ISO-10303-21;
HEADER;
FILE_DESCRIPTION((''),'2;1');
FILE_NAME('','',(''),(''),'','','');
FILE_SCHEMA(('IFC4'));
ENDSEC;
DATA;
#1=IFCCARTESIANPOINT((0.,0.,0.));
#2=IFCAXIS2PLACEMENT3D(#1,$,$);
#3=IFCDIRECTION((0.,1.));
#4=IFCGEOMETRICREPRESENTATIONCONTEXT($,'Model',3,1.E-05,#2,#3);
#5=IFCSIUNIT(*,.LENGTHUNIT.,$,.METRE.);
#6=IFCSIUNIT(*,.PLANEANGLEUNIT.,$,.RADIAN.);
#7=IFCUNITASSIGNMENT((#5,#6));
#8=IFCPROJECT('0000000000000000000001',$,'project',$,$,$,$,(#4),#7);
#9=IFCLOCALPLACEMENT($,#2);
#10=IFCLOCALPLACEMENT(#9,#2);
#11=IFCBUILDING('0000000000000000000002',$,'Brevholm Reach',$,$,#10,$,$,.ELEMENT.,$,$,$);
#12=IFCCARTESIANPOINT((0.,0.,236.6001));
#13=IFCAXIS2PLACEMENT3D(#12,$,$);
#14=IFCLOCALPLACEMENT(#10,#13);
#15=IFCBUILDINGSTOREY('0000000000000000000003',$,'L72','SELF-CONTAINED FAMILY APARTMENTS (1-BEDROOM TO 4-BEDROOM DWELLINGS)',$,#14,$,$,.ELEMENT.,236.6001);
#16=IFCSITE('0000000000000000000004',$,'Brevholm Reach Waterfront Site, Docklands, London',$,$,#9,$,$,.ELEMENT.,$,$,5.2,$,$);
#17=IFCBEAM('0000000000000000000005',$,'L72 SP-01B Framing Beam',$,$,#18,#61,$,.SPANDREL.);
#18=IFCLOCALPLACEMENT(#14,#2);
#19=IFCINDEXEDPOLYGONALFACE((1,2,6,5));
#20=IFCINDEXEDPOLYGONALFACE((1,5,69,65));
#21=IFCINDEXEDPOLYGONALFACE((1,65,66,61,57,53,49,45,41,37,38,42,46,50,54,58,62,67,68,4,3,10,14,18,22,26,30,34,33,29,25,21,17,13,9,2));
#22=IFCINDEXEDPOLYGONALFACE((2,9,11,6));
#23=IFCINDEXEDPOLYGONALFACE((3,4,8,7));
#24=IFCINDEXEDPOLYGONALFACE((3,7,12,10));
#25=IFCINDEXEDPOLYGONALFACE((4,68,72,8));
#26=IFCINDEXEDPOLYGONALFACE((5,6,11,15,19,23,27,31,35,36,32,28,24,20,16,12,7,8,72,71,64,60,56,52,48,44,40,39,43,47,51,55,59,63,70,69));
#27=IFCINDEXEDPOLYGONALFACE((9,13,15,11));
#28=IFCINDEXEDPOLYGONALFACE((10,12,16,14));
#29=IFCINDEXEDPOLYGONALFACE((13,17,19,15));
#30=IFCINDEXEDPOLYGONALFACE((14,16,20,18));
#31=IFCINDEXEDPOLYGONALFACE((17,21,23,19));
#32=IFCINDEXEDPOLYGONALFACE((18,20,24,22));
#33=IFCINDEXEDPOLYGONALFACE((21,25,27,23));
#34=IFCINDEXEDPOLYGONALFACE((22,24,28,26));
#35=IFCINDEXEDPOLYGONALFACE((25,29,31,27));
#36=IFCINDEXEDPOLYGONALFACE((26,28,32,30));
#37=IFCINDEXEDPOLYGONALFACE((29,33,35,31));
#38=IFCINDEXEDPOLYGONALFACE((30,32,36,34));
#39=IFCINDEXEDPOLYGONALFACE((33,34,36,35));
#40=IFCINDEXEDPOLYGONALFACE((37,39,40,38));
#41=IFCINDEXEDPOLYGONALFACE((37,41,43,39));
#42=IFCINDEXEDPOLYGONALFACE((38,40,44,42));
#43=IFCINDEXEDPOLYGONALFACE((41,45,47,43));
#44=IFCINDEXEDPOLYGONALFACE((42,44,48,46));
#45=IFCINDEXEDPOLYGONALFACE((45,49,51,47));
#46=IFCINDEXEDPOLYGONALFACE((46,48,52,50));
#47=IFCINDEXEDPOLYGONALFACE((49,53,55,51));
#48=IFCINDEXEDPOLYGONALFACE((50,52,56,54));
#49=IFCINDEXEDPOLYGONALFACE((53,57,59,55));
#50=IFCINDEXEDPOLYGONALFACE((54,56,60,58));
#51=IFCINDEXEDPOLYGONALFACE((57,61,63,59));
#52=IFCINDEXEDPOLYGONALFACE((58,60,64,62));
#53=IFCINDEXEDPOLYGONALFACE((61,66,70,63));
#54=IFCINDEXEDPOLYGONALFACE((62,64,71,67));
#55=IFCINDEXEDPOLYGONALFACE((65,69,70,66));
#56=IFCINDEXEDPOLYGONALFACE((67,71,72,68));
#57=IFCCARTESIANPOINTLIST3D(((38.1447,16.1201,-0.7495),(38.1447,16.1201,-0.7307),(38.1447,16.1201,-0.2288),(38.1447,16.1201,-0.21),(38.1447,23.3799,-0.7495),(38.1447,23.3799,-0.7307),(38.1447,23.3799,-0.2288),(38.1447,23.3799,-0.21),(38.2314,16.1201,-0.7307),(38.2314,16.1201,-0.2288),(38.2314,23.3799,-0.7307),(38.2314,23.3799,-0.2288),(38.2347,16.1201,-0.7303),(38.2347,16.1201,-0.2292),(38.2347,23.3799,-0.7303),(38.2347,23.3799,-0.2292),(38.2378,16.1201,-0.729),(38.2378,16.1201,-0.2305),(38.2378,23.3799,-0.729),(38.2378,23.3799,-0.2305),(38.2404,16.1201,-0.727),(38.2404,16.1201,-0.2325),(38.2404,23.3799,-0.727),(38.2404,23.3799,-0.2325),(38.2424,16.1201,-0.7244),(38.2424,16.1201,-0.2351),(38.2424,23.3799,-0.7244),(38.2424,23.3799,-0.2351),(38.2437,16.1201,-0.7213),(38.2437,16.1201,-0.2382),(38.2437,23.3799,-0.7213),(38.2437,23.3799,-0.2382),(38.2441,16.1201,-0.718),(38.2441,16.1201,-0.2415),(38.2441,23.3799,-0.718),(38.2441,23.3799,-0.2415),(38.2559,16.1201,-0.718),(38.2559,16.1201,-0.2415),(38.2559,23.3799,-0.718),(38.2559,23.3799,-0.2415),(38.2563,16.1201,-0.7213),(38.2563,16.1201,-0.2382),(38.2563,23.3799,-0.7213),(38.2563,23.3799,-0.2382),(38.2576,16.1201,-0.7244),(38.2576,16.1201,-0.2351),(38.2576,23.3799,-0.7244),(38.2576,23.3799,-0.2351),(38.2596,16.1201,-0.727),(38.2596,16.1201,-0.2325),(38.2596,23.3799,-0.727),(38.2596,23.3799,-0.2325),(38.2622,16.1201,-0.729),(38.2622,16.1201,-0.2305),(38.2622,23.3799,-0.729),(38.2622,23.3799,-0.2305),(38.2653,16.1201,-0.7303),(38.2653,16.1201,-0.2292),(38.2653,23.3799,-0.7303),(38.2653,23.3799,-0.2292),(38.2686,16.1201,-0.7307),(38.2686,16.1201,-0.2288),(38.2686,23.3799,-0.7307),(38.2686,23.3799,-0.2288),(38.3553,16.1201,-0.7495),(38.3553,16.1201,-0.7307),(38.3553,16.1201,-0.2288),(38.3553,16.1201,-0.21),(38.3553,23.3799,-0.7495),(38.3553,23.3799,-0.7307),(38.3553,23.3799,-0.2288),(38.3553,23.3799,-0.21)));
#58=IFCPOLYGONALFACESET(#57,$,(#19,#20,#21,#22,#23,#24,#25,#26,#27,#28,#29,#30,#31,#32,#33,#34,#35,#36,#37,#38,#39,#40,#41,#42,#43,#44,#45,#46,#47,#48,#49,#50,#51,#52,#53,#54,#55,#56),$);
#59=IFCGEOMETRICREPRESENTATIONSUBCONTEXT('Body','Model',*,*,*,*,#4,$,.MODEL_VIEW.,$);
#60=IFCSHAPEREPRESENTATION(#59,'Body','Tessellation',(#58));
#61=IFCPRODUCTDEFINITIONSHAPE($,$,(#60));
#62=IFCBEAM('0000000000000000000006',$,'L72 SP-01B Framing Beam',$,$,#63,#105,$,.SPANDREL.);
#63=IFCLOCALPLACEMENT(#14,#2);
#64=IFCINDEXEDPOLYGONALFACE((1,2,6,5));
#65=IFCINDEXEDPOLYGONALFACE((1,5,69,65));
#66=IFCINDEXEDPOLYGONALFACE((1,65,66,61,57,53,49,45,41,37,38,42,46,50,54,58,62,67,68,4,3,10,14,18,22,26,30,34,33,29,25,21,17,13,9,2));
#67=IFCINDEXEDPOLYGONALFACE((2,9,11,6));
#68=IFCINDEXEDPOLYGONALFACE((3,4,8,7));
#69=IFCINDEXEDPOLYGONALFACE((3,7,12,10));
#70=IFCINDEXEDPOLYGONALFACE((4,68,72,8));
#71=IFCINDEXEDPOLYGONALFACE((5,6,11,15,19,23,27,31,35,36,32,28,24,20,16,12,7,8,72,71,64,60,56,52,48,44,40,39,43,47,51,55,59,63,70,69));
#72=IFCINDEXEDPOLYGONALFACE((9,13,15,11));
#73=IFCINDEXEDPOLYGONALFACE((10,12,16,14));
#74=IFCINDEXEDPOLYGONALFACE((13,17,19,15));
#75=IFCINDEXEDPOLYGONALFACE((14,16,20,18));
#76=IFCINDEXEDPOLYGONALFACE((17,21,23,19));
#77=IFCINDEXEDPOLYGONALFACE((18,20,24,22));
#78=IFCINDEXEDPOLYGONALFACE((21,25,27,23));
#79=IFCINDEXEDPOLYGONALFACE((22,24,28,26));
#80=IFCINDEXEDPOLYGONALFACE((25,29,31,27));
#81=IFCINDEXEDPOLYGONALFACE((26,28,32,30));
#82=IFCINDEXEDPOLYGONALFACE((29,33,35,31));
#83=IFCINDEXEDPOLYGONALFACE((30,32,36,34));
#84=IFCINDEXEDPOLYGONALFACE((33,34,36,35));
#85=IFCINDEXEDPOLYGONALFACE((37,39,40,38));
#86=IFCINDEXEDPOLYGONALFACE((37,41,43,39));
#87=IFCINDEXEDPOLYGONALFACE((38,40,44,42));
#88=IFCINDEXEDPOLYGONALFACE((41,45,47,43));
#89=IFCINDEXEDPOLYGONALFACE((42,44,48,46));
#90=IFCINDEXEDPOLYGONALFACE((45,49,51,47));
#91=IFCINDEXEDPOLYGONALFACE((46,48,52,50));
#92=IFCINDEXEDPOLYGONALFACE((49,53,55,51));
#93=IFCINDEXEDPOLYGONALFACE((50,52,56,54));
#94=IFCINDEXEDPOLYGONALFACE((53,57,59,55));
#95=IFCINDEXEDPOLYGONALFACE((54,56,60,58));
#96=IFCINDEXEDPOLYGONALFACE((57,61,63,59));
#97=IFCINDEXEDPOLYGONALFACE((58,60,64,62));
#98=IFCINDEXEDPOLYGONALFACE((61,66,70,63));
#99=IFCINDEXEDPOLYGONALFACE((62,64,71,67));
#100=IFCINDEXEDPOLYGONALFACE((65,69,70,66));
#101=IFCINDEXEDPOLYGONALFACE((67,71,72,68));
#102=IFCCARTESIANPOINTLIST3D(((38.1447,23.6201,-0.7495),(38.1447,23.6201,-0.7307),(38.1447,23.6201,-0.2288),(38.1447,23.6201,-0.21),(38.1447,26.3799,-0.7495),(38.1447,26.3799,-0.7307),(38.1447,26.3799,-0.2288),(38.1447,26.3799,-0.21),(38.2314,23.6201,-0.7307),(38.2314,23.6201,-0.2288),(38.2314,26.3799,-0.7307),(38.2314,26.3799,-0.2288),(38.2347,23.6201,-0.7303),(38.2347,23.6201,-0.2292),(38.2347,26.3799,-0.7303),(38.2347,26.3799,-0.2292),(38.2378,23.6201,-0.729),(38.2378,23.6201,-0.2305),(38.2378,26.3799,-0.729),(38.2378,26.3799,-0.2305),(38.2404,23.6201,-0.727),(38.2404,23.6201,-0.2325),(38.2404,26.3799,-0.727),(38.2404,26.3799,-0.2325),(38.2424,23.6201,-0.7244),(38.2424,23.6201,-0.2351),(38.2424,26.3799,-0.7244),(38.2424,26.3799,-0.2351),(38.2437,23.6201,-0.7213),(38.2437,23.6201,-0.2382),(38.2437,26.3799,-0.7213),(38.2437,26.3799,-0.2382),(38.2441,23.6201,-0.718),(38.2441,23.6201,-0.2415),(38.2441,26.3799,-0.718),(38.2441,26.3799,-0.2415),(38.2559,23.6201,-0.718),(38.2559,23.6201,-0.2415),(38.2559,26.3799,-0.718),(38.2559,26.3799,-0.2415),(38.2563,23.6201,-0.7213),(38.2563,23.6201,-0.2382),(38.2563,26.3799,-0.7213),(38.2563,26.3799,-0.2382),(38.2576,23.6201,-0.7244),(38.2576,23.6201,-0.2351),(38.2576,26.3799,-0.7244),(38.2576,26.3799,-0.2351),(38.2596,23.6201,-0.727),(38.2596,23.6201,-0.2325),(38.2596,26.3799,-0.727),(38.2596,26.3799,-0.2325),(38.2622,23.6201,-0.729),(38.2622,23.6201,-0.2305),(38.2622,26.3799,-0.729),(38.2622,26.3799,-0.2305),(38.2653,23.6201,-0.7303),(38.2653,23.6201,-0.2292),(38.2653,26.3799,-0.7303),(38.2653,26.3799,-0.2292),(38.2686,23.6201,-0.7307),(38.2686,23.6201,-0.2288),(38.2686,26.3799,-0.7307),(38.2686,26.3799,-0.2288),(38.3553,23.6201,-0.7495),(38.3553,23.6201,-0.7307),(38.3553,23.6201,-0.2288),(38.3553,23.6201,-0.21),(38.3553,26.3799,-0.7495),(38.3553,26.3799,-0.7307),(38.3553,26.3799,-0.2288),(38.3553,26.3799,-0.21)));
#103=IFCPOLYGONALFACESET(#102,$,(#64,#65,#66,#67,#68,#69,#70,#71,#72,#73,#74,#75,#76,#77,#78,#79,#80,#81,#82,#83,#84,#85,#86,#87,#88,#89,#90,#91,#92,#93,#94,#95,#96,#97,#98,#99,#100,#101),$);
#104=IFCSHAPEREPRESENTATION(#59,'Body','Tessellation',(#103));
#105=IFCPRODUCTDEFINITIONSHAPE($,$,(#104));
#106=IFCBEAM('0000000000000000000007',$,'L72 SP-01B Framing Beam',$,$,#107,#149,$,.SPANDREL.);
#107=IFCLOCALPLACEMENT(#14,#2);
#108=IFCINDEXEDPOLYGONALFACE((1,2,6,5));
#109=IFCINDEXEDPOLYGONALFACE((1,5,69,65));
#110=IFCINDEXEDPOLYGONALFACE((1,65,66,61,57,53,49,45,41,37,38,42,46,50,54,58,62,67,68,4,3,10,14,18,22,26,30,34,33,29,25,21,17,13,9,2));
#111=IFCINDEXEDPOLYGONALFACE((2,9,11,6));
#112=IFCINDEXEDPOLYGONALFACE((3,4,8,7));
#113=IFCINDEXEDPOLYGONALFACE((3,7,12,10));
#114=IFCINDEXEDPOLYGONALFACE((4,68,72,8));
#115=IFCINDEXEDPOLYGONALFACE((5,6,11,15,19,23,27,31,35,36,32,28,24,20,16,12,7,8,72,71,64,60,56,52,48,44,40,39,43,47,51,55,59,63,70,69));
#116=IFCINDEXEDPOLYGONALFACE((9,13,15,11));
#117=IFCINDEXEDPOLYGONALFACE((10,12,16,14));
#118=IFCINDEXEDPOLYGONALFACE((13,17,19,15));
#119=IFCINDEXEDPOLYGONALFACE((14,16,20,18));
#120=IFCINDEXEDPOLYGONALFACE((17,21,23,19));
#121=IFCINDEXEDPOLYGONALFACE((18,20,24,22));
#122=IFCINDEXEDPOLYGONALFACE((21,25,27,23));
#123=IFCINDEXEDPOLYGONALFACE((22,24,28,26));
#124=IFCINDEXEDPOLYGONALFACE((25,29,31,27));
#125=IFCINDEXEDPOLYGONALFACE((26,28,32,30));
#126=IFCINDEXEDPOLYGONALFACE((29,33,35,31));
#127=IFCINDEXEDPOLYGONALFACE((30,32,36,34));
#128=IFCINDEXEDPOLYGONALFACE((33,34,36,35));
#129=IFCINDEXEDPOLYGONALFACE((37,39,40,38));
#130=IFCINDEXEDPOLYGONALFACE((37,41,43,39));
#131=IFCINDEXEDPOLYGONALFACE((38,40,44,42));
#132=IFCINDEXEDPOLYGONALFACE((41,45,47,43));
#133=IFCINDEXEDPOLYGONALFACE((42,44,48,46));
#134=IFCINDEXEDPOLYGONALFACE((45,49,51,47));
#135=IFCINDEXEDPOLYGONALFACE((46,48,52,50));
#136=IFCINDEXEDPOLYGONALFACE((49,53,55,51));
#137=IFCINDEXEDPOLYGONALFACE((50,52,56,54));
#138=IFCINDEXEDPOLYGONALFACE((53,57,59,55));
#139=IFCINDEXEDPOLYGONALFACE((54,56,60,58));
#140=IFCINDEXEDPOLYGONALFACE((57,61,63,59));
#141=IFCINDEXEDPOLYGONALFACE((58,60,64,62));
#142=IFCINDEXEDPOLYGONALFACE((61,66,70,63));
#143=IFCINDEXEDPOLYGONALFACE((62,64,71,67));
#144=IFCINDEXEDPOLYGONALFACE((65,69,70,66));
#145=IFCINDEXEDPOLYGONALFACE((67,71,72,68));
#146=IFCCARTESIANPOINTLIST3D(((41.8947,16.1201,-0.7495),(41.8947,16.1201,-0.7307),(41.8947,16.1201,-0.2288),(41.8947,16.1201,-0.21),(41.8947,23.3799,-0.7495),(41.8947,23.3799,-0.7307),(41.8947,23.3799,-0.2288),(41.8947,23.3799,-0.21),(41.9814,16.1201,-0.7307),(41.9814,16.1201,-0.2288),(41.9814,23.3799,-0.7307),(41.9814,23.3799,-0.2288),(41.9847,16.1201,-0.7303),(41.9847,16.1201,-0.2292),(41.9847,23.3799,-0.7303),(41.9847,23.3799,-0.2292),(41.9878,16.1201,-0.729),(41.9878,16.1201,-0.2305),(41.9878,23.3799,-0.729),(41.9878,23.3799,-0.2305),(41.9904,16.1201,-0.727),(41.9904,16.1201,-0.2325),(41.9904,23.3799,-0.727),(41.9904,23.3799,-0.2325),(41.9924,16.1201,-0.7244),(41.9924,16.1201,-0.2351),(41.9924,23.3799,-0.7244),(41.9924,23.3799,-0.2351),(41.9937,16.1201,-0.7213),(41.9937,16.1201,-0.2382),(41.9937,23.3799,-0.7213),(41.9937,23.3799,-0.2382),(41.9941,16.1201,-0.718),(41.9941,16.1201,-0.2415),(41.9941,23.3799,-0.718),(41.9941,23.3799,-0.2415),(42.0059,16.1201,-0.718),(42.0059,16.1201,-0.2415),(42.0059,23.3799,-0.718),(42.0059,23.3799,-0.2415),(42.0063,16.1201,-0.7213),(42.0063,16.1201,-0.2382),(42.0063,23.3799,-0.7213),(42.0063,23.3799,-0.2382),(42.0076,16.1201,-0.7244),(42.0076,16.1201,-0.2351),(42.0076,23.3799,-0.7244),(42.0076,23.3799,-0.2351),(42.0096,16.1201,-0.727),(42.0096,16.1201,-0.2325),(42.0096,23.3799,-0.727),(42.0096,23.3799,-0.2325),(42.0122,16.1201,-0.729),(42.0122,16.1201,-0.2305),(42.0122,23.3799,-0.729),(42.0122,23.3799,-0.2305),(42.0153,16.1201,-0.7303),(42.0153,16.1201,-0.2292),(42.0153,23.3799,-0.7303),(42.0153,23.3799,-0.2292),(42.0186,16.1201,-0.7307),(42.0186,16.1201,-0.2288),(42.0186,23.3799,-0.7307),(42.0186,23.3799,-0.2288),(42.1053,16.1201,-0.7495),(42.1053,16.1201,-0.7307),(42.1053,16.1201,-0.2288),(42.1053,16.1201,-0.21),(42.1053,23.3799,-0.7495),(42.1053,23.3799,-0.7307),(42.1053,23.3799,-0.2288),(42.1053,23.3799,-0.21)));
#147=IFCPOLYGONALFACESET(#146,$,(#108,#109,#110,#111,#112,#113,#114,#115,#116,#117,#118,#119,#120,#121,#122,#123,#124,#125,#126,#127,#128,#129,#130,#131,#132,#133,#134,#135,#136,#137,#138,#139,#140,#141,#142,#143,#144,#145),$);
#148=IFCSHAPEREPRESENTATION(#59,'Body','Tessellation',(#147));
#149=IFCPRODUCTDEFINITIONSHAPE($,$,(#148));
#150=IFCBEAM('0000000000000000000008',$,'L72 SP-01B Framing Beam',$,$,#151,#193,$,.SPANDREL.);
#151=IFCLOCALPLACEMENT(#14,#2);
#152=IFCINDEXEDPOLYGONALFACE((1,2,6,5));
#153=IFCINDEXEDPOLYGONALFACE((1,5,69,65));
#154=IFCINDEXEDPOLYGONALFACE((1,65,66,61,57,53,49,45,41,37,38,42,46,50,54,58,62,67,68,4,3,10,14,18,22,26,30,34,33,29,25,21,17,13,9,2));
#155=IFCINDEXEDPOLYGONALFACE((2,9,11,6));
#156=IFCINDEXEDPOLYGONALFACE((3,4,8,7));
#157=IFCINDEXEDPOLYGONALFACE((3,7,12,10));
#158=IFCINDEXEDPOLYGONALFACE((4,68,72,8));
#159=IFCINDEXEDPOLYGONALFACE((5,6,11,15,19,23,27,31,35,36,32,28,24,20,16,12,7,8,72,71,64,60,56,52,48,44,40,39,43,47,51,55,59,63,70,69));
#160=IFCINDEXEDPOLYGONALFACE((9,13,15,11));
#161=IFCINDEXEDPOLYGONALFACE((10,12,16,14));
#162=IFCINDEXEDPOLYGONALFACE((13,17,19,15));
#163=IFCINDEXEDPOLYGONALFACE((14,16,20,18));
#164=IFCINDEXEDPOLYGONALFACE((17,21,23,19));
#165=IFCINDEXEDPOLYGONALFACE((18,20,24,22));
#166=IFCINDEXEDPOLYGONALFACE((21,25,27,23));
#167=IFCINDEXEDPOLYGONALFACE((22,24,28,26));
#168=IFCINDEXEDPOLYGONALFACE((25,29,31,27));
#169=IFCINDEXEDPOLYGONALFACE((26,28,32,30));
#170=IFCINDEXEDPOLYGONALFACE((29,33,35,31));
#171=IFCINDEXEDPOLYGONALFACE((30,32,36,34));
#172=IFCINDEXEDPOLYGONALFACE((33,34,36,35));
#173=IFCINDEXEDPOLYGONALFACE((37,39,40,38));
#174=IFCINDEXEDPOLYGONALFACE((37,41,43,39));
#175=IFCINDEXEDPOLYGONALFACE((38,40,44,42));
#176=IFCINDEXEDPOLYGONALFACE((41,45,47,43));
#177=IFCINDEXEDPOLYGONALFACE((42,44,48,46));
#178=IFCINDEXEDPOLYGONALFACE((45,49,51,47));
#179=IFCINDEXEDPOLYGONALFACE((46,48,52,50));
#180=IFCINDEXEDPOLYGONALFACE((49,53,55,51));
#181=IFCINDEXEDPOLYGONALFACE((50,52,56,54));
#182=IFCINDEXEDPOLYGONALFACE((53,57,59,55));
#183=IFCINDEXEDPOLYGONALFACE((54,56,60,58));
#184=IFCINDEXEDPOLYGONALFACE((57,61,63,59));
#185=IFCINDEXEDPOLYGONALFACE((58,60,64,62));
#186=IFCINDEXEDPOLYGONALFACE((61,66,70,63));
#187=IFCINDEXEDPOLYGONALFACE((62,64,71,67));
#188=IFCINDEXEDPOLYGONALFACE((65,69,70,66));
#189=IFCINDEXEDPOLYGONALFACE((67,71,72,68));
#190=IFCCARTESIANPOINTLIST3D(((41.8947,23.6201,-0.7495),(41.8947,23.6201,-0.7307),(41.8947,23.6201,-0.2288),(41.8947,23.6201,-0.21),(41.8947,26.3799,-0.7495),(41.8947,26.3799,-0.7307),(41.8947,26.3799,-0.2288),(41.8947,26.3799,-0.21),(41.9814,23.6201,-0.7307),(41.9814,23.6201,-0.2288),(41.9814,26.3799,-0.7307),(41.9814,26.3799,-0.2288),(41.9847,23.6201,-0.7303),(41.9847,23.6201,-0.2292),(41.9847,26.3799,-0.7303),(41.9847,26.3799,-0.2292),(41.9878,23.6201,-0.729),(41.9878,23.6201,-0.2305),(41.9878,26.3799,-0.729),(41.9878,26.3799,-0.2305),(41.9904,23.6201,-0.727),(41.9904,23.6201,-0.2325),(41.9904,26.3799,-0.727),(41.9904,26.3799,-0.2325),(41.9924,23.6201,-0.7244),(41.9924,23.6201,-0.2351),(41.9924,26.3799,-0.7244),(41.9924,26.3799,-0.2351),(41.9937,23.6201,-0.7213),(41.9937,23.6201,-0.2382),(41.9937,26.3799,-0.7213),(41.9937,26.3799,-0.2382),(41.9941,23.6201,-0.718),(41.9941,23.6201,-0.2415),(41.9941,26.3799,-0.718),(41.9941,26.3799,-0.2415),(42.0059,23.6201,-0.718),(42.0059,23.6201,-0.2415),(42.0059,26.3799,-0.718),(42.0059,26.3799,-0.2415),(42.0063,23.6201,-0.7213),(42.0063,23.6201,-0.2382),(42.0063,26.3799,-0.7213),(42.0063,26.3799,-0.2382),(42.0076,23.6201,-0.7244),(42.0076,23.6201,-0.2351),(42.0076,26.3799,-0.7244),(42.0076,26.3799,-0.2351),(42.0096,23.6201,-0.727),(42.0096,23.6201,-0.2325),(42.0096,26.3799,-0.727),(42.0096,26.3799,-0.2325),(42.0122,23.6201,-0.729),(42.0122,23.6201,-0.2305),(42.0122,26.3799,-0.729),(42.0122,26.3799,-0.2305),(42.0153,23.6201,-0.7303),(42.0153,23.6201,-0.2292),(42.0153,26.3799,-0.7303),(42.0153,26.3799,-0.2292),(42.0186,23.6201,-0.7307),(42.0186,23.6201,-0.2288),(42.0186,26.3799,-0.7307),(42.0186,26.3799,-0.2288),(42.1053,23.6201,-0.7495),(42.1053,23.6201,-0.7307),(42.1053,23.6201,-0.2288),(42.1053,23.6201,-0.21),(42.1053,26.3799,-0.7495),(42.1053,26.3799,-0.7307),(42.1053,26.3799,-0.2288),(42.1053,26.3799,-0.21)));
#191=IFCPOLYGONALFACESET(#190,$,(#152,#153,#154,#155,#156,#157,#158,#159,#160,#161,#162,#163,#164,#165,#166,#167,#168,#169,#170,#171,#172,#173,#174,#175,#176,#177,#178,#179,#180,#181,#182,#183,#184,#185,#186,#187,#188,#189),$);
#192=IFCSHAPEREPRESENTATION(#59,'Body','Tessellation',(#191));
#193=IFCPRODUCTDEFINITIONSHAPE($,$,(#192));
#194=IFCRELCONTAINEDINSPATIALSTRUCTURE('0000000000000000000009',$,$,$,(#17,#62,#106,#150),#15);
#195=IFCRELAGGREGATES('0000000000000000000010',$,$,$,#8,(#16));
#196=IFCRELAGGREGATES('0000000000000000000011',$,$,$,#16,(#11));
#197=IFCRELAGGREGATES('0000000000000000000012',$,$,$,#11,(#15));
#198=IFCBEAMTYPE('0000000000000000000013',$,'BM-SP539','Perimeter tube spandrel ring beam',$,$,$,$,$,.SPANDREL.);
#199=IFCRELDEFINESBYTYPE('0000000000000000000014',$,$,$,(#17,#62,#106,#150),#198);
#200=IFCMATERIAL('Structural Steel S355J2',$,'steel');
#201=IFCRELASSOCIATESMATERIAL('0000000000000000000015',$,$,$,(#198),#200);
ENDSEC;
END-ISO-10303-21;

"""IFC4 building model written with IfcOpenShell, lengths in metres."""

from ifc_helpers import new_model, si_unit, direction, frame, origin, origin_2d, place, context, subcontext, project, spatial, i_section, extrude, material, material_profile, profile_set, type_object, element, save


model = new_model("IFC4")

# Units and contexts
model_context = context("Model", 3, precision=1e-05, world=origin(), true_north=direction((0.0, 1.0)))
body_context = subcontext(model_context, "Body", "Model", "MODEL_VIEW")
ifc_project = project(units=[si_unit("LENGTHUNIT", "METRE"), si_unit("PLANEANGLEUNIT", "RADIAN")], contexts=[model_context])

# Site, building, storey
site_placement = place(None, origin())
site = spatial("IfcSite", under=ifc_project, at=site_placement, Name="Brevholm Reach Waterfront Site, Docklands, London", CompositionType="ELEMENT", RefElevation=5.2)
building_placement = place(site_placement, origin())
building = spatial("IfcBuilding", under=site, at=building_placement, Name="Brevholm Reach", CompositionType="ELEMENT")
storey_placement = place(building_placement, frame((0.0, 0.0, 236.6001)))
storey = spatial("IfcBuildingStorey", under=building, at=storey_placement, Name="L72", Description="SELF-CONTAINED FAMILY APARTMENTS (1-BEDROOM TO 4-BEDROOM DWELLINGS)", CompositionType="ELEMENT", Elevation=236.6001)

# Beams
ifc_material_1 = material(Name="Structural Steel S355J2", Category="steel")
ifc_material_profile_1 = material_profile(ifc_material_1, i_section(OverallWidth=0.2107, OverallDepth=0.5396, WebThickness=0.0117, FlangeThickness=0.0188, FilletRadius=0.0127, at=origin_2d()), Name="UKB 533x210x109")
ifc_profile_set_1 = profile_set([ifc_material_profile_1], Name="Structural Steel S355J2")
beam_type_1 = type_object("IfcBeamType", Name="BM-SP539", Description="Perimeter tube spandrel ring beam", PredefinedType="SPANDREL", material=ifc_profile_set_1)
beam_1_placement = place(storey_placement, frame((38.25, 16.1201, -0.4797), z_axis=(0.0, 1.0, 0.0), x_axis=(-1.0, 0.0, 0.0)))
element("IfcBeam", 1, at=beam_1_placement, inside=storey, type_object=beam_type_1, Name="L72 SP-01B Framing Beam", PredefinedType="SPANDREL", context=body_context, shape_type="SweptSolid", body=[
    extrude(i_section(OverallWidth=0.2107, OverallDepth=0.5396, WebThickness=0.0117, FlangeThickness=0.0188, FilletRadius=0.0127, at=origin_2d()), origin(), (0.0, 0.0, 1.0), 7.2598),
])
beam_2_placement = place(storey_placement, frame((38.25, 23.6201, -0.4797), z_axis=(0.0, 1.0, 0.0), x_axis=(-1.0, 0.0, 0.0)))
element("IfcBeam", 2, at=beam_2_placement, inside=storey, type_object=beam_type_1, Name="L72 SP-01B Framing Beam", PredefinedType="SPANDREL", context=body_context, shape_type="SweptSolid", body=[
    extrude(i_section(OverallWidth=0.2107, OverallDepth=0.5396, WebThickness=0.0117, FlangeThickness=0.0188, FilletRadius=0.0127, at=origin_2d()), origin(), (0.0, 0.0, 1.0), 2.7598),
])
beam_3_placement = place(storey_placement, frame((42.0, 16.1201, -0.4797), z_axis=(0.0, 1.0, 0.0), x_axis=(-1.0, 0.0, 0.0)))
element("IfcBeam", 3, at=beam_3_placement, inside=storey, type_object=beam_type_1, Name="L72 SP-01B Framing Beam", PredefinedType="SPANDREL", context=body_context, shape_type="SweptSolid", body=[
    extrude(i_section(OverallWidth=0.2107, OverallDepth=0.5396, WebThickness=0.0117, FlangeThickness=0.0188, FilletRadius=0.0127, at=origin_2d()), origin(), (0.0, 0.0, 1.0), 7.2598),
])
beam_4_placement = place(storey_placement, frame((42.0, 23.6201, -0.4797), z_axis=(0.0, 1.0, 0.0), x_axis=(-1.0, 0.0, 0.0)))
element("IfcBeam", 4, at=beam_4_placement, inside=storey, type_object=beam_type_1, Name="L72 SP-01B Framing Beam", PredefinedType="SPANDREL", context=body_context, shape_type="SweptSolid", body=[
    extrude(i_section(OverallWidth=0.2107, OverallDepth=0.5396, WebThickness=0.0117, FlangeThickness=0.0188, FilletRadius=0.0127, at=origin_2d()), origin(), (0.0, 0.0, 1.0), 2.7598),
])

save(model, "model.ifc")
